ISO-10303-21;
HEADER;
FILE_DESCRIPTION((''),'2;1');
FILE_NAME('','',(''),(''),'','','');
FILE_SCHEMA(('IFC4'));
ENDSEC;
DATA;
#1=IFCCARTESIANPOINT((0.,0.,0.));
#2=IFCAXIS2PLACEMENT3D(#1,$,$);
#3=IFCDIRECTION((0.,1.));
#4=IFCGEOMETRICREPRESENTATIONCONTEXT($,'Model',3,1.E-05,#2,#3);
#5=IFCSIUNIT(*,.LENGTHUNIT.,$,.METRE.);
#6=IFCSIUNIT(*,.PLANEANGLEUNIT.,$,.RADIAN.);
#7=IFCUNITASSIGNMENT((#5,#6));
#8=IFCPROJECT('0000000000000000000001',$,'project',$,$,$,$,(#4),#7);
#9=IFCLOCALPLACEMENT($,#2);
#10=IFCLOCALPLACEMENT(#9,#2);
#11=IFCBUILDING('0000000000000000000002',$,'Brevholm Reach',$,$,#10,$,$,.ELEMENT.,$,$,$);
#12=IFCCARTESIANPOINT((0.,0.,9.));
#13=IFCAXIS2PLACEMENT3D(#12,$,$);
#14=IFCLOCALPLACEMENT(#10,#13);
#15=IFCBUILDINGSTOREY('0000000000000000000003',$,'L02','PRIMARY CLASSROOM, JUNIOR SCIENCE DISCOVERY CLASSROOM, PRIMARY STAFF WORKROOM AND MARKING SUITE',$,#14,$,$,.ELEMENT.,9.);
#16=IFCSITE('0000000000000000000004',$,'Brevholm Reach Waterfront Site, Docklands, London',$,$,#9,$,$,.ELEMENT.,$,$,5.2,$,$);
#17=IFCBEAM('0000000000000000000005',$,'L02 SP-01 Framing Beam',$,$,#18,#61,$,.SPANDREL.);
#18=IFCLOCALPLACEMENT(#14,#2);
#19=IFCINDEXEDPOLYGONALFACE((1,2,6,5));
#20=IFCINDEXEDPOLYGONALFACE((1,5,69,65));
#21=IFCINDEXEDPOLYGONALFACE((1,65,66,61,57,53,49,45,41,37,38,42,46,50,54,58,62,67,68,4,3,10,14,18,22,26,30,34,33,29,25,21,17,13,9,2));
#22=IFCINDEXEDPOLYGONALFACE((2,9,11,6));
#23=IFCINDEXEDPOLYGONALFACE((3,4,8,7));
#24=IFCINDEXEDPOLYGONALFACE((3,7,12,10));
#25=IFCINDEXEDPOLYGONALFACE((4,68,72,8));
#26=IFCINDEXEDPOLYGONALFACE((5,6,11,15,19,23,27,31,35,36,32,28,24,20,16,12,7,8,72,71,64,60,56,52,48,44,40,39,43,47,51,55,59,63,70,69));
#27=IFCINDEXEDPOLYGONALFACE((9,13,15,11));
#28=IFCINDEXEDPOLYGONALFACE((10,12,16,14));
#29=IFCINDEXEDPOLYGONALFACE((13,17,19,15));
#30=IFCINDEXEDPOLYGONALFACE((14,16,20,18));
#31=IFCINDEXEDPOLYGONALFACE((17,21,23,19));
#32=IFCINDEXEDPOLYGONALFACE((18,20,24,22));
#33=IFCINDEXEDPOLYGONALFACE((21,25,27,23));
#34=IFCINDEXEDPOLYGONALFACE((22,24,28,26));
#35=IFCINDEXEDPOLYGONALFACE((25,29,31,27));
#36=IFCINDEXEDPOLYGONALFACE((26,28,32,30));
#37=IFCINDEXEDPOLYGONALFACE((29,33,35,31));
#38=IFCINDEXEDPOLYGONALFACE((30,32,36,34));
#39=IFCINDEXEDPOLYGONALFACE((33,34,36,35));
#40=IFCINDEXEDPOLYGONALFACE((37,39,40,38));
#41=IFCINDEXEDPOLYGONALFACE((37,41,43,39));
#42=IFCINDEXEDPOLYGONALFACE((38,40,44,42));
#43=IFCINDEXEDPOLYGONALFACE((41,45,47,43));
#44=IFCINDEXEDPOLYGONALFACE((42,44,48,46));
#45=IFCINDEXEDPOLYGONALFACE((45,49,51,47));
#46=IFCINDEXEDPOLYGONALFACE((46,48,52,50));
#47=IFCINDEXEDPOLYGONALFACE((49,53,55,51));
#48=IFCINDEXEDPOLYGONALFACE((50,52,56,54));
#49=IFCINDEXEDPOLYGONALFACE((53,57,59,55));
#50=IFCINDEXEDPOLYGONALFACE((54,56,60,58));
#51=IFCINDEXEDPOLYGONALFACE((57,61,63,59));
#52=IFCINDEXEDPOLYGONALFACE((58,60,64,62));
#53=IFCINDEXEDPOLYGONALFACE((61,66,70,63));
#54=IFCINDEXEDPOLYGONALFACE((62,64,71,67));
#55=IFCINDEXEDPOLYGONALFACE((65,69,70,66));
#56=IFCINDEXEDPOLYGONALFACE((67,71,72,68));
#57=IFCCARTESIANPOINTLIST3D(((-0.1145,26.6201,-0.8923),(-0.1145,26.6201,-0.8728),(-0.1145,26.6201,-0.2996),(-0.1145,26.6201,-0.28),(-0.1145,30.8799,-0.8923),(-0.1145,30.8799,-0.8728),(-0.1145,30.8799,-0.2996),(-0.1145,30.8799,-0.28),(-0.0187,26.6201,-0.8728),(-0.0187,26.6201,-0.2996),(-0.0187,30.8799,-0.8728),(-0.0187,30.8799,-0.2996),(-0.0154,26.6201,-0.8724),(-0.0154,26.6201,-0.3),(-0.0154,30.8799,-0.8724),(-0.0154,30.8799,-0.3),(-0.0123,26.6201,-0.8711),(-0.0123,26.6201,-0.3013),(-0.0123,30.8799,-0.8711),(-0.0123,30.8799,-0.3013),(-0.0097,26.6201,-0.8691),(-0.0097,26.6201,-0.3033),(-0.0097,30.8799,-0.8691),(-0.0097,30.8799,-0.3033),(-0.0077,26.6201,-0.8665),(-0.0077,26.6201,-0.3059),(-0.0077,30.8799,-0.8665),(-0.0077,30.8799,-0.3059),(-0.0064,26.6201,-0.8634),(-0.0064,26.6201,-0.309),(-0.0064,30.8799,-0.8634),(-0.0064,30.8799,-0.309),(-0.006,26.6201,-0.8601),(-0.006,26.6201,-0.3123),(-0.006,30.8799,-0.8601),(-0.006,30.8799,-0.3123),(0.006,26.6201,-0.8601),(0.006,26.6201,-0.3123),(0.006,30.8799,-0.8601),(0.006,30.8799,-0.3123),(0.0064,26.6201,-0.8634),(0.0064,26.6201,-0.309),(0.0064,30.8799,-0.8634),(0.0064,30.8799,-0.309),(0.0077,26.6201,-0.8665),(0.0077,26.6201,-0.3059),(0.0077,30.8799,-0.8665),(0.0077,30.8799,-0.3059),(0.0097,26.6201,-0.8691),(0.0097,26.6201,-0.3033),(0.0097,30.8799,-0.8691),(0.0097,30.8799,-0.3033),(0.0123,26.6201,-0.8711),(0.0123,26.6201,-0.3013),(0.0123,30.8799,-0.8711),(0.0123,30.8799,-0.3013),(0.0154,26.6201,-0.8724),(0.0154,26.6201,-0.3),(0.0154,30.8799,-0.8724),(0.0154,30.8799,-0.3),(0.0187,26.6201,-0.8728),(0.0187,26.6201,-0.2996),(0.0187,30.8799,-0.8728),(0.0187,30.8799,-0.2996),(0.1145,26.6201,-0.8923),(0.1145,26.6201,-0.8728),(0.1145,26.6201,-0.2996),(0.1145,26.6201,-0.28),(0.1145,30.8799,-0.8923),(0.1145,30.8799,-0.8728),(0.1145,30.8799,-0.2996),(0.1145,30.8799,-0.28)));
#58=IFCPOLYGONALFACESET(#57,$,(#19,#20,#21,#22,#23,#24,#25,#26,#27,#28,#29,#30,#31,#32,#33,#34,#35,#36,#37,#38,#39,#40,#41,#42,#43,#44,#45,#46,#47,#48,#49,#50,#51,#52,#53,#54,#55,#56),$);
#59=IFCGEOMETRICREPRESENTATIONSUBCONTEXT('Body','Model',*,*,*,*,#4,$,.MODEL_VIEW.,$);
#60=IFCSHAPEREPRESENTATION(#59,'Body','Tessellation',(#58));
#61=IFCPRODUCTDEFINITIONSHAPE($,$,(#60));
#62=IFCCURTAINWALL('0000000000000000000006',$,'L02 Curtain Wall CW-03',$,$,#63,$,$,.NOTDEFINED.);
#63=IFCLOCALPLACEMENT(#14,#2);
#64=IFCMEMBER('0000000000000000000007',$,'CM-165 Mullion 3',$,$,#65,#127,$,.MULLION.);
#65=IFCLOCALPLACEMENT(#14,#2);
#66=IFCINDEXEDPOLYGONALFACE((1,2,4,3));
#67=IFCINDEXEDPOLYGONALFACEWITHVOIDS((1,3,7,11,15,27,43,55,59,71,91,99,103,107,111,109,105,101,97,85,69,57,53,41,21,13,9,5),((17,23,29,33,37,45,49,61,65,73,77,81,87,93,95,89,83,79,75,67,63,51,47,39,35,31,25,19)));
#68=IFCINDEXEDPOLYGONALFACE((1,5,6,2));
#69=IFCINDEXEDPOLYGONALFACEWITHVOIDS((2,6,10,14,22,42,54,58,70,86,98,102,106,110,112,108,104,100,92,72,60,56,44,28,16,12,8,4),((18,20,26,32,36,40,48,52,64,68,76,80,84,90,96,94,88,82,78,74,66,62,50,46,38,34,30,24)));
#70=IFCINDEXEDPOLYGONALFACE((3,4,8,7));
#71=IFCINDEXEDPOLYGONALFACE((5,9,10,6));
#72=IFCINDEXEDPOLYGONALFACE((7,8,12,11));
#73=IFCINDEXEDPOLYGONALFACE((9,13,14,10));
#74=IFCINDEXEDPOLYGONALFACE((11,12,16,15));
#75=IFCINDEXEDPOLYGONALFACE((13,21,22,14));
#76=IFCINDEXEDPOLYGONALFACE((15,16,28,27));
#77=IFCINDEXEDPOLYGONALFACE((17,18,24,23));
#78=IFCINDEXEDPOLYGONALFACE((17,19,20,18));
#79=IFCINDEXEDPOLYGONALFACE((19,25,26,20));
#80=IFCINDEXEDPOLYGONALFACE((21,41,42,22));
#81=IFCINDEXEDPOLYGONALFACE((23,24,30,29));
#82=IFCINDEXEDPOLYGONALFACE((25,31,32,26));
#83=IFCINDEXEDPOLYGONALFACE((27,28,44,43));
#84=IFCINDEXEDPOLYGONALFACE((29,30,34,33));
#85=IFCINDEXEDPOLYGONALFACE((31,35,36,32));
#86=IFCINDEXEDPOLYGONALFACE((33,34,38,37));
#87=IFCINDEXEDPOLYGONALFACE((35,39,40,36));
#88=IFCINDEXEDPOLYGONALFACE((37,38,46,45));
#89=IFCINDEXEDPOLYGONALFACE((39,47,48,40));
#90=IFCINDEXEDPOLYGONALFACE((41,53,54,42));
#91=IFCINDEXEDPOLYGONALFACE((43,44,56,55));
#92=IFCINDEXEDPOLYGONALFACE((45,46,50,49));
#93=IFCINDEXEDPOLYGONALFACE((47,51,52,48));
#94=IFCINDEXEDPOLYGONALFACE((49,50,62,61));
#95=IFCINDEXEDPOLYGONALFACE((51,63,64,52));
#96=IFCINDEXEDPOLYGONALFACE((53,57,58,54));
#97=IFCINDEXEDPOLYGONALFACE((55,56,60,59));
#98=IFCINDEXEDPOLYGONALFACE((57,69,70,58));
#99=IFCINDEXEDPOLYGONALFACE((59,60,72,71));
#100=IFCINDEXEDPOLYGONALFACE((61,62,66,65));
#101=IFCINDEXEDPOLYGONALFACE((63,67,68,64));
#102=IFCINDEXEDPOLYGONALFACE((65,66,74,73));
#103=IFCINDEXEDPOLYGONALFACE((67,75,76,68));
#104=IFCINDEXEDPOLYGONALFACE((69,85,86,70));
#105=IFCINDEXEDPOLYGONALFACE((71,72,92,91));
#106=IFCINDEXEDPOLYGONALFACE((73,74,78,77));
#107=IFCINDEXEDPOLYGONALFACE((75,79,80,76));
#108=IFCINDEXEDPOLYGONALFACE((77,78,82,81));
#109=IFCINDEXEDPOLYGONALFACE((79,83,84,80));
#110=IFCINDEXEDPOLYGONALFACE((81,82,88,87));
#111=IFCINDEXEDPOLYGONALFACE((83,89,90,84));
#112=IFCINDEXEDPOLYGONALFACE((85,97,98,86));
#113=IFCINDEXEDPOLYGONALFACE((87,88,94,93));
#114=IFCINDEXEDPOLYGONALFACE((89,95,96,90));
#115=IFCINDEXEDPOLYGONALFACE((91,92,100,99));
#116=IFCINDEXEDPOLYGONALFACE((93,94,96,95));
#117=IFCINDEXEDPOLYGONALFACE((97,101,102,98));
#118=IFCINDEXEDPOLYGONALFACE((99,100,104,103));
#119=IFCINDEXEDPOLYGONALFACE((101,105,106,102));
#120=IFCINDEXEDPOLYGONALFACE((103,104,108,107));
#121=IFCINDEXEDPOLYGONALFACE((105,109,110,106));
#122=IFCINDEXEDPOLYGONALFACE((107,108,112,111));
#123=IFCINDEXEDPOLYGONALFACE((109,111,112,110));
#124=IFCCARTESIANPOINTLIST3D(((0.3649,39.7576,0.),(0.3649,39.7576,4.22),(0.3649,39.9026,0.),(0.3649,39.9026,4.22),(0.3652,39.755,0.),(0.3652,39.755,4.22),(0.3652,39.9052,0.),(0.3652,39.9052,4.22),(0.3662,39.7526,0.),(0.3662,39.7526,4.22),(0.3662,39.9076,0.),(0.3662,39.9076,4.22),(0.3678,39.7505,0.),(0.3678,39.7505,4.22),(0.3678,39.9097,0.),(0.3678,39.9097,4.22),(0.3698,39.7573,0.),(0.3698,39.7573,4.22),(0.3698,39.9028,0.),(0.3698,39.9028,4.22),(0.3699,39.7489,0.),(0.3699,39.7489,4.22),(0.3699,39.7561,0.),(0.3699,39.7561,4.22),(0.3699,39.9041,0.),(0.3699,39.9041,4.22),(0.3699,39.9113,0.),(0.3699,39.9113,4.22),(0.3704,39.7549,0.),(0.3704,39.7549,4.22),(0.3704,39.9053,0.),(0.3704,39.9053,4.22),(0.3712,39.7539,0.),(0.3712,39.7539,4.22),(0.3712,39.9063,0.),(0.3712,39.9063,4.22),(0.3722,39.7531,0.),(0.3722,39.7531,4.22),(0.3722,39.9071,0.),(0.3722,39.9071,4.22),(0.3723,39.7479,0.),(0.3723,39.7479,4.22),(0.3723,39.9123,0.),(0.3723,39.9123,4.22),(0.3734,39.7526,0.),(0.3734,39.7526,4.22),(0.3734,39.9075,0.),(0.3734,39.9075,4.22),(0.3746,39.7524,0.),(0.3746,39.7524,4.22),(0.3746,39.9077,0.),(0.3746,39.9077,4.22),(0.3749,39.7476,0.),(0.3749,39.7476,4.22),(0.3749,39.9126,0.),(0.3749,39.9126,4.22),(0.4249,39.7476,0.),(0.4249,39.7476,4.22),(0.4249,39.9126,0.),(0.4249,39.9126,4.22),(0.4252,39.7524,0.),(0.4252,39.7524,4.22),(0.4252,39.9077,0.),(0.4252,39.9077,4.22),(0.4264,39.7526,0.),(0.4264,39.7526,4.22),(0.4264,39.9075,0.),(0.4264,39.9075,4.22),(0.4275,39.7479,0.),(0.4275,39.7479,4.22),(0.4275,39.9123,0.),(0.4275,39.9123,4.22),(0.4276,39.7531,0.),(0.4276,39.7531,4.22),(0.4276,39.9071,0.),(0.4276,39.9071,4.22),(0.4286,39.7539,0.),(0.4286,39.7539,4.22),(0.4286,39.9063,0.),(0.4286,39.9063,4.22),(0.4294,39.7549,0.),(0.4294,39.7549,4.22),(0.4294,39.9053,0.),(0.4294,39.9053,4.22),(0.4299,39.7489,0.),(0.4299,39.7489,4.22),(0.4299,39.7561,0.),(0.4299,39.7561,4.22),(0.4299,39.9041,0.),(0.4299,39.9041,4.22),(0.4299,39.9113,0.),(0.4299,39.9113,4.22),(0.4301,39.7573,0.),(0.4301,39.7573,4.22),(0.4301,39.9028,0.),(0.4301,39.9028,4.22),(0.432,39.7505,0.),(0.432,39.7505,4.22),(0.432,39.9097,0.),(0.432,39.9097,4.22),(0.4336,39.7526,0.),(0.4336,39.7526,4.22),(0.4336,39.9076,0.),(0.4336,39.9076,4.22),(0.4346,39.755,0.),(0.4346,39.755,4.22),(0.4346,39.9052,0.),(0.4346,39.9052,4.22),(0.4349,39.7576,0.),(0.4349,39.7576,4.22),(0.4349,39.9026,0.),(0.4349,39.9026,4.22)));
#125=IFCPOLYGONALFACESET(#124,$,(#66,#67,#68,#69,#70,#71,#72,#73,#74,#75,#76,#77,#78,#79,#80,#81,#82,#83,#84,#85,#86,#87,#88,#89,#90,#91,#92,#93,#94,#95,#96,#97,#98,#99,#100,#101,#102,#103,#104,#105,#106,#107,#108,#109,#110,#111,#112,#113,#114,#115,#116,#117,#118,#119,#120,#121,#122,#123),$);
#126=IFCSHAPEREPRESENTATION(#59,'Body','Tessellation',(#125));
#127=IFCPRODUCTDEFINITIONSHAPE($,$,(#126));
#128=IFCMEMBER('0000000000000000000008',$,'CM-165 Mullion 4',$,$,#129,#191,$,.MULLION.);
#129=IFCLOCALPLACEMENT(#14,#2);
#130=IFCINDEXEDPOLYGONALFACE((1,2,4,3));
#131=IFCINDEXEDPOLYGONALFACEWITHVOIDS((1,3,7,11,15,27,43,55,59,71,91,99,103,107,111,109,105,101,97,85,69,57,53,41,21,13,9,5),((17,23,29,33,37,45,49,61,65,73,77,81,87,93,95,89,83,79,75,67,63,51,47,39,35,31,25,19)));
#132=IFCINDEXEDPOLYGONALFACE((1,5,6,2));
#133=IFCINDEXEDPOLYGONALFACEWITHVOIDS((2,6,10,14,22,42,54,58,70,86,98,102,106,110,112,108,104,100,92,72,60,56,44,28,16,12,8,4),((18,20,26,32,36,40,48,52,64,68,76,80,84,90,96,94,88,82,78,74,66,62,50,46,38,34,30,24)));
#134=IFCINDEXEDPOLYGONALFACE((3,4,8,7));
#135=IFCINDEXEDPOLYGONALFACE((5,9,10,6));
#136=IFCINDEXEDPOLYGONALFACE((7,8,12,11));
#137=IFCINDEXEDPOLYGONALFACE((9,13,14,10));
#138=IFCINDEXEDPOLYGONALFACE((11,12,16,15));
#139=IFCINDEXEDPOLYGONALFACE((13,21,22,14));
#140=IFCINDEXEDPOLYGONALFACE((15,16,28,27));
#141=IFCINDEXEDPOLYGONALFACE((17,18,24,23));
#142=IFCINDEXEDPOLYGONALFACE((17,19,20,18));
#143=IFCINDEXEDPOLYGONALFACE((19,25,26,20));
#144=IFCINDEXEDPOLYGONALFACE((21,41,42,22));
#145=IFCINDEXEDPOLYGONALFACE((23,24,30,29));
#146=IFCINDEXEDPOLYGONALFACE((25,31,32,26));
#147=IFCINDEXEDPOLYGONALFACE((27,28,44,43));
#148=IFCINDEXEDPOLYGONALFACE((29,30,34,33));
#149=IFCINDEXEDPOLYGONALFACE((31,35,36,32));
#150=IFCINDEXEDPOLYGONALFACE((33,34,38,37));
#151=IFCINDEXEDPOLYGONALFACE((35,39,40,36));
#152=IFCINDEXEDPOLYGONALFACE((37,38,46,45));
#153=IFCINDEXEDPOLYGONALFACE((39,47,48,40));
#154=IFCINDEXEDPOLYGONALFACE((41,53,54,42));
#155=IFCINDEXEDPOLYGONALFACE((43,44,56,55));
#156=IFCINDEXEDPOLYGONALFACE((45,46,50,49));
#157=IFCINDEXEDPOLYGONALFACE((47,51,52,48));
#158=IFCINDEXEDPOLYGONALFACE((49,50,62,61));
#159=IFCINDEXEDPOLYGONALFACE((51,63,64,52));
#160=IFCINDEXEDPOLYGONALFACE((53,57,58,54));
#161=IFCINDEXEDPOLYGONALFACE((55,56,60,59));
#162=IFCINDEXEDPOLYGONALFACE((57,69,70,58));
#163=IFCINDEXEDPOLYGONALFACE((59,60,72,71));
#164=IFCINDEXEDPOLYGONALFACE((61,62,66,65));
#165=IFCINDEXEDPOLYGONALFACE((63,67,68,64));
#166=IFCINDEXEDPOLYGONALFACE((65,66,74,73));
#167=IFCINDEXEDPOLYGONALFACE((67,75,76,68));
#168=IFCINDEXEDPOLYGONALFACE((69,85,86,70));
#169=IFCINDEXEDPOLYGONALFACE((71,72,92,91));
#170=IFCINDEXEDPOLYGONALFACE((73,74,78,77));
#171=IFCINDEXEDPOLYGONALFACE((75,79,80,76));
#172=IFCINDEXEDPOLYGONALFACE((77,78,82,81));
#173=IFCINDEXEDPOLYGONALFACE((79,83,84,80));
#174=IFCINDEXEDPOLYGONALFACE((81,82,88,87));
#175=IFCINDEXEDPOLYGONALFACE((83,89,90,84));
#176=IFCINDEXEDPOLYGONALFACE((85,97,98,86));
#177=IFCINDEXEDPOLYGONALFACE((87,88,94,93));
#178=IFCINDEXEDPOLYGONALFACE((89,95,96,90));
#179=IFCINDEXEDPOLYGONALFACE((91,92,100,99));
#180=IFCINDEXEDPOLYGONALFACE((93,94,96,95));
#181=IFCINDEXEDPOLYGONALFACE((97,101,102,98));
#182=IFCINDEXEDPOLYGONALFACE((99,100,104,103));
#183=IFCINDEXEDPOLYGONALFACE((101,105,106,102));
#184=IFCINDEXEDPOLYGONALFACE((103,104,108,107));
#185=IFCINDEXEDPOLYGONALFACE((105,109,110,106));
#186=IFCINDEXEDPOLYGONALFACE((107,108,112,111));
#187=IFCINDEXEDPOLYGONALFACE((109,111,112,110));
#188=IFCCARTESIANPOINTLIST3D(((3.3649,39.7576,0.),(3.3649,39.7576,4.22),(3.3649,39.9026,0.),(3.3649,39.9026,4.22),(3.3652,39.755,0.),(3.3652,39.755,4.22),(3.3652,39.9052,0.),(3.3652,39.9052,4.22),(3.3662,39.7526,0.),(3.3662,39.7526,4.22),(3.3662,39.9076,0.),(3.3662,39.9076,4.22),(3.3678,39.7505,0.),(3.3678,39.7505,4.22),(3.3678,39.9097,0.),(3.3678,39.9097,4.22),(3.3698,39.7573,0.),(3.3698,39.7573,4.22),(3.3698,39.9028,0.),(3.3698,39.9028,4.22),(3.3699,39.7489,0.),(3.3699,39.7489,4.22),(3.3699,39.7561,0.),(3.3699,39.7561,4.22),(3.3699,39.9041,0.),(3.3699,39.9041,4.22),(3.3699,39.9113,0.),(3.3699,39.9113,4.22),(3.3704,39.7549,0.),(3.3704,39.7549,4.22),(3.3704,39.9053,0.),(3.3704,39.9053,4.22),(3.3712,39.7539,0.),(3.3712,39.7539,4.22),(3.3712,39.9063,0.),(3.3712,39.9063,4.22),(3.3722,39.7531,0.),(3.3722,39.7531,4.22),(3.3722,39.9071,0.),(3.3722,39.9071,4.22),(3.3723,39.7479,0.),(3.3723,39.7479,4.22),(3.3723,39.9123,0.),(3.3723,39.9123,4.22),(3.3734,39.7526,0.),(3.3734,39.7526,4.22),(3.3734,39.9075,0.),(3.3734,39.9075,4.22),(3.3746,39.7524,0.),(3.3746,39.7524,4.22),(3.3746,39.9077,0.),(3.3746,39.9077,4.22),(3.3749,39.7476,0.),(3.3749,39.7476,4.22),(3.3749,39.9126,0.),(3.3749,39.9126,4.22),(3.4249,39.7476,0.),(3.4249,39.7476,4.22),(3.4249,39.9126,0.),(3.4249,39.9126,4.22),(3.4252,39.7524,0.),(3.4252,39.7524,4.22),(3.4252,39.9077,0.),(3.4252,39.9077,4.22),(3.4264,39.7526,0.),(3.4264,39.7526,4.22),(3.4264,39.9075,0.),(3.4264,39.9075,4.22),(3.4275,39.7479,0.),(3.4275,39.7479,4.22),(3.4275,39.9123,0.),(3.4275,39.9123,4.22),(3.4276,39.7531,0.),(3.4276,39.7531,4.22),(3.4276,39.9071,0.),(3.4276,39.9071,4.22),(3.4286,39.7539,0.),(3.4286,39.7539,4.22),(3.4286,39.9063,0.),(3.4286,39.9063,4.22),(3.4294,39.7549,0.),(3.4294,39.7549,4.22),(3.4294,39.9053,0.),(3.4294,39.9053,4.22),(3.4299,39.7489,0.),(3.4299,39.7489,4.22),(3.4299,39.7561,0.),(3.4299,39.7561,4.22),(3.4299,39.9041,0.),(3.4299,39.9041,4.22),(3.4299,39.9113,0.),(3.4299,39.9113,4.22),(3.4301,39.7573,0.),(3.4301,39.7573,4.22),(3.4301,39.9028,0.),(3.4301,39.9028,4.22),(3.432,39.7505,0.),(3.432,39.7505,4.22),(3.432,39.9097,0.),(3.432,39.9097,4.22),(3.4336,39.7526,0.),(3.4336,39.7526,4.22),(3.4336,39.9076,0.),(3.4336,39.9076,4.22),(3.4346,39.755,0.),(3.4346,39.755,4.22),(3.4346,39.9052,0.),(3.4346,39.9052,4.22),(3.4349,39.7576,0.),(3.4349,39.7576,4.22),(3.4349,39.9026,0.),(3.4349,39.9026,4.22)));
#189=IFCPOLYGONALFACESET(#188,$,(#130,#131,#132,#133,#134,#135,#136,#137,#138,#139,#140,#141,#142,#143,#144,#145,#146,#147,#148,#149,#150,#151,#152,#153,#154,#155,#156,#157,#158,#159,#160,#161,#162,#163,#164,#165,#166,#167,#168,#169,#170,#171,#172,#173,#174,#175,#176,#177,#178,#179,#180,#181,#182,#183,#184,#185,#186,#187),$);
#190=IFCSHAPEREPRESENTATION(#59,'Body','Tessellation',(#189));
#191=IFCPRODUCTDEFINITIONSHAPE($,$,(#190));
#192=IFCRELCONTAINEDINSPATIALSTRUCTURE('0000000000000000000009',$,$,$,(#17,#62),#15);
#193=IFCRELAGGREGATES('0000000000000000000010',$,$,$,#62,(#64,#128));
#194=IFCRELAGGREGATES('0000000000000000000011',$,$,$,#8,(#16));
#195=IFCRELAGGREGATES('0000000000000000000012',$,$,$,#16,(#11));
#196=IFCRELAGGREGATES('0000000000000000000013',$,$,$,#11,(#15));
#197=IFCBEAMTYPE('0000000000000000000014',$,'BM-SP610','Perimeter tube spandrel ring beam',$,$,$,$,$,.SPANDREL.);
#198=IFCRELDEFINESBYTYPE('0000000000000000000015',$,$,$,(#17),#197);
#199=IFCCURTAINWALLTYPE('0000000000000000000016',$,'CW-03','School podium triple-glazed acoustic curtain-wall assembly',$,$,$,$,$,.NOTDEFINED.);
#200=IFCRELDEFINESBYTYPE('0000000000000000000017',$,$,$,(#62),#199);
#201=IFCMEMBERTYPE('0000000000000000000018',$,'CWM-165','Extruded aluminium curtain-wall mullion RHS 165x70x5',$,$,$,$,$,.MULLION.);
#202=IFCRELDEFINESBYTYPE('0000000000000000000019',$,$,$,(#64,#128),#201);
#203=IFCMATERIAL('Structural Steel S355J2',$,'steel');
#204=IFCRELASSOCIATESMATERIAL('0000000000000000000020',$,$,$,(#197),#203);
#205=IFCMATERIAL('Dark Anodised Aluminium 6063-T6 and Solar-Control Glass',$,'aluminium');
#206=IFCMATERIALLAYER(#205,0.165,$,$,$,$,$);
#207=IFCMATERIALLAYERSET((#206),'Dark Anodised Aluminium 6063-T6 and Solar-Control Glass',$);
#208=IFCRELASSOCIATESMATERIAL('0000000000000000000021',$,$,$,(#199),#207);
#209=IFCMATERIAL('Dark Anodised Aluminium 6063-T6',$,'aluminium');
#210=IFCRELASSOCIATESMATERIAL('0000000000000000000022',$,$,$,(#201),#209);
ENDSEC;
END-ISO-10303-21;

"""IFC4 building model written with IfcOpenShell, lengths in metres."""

from ifc_helpers import new_model, si_unit, direction, frame, origin, origin_2d, place, context, subcontext, project, spatial, hollow_rectangle, i_section, extrude, material, layer, layer_set, material_profile, profile_set, type_object, element, aggregate, save


model = new_model("IFC4")

# Units and contexts
model_context = context("Model", 3, precision=1e-05, world=origin(), true_north=direction((0.0, 1.0)))
body_context = subcontext(model_context, "Body", "Model", "MODEL_VIEW")
ifc_project = project(units=[si_unit("LENGTHUNIT", "METRE"), si_unit("PLANEANGLEUNIT", "RADIAN")], contexts=[model_context])

# Site, building, storey
site_placement = place(None, origin())
site = spatial("IfcSite", under=ifc_project, at=site_placement, Name="Brevholm Reach Waterfront Site, Docklands, London", CompositionType="ELEMENT", RefElevation=5.2)
building_placement = place(site_placement, origin())
building = spatial("IfcBuilding", under=site, at=building_placement, Name="Brevholm Reach", CompositionType="ELEMENT")
storey_placement = place(building_placement, frame((0.0, 0.0, 9.0)))
storey = spatial("IfcBuildingStorey", under=building, at=storey_placement, Name="L02", Description="PRIMARY CLASSROOM, JUNIOR SCIENCE DISCOVERY CLASSROOM, PRIMARY STAFF WORKROOM AND MARKING SUITE", CompositionType="ELEMENT", Elevation=9.0)

# Beam
ifc_material_1 = material(Name="Structural Steel S355J2", Category="steel")
ifc_material_profile_1 = material_profile(ifc_material_1, i_section(OverallWidth=0.229, OverallDepth=0.6123, WebThickness=0.012, FlangeThickness=0.0195, FilletRadius=0.0127, at=origin_2d()), Name="UKB 610x229x125")
ifc_profile_set_1 = profile_set([ifc_material_profile_1], Name="Structural Steel S355J2")
beam_type = type_object("IfcBeamType", Name="BM-SP610", Description="Perimeter tube spandrel ring beam", PredefinedType="SPANDREL", material=ifc_profile_set_1)
beam_1_placement = place(storey_placement, frame((0.0, 26.6201, -0.5862), z_axis=(0.0, 1.0, 0.0), x_axis=(-1.0, 0.0, 0.0)))
element("IfcBeam", 1, at=beam_1_placement, inside=storey, type_object=beam_type, Name="L02 SP-01 Framing Beam", PredefinedType="SPANDREL", context=body_context, shape_type="SweptSolid", body=[
    extrude(i_section(OverallWidth=0.229, OverallDepth=0.6123, WebThickness=0.012, FlangeThickness=0.0195, FilletRadius=0.0127, at=origin_2d()), origin(), (0.0, 0.0, 1.0), 4.2598),
])

# Curtain wall, members
ifc_material_2 = material(Name="Dark Anodised Aluminium 6063-T6 and Solar-Control Glass", Category="aluminium")
ifc_layer_1 = layer(ifc_material_2, 0.165)
ifc_layer_set_1 = layer_set([ifc_layer_1], Name="Dark Anodised Aluminium 6063-T6 and Solar-Control Glass")
curtain_wall_type = type_object("IfcCurtainWallType", Name="CW-03", Description="School podium triple-glazed acoustic curtain-wall assembly", PredefinedType="NOTDEFINED", material=ifc_layer_set_1)
curtain_wall_placement = place(storey_placement, origin())
curtain_wall = element("IfcCurtainWall", 2, at=curtain_wall_placement, inside=storey, type_object=curtain_wall_type, Name="L02 Curtain Wall CW-03", PredefinedType="NOTDEFINED")
ifc_material_3 = material(Name="Dark Anodised Aluminium 6063-T6", Category="aluminium")
ifc_material_profile_2 = material_profile(ifc_material_3, hollow_rectangle(XDim=0.0701, YDim=0.165, WallThickness=0.0049, InnerFilletRadius=0.0049, OuterFilletRadius=0.01, at=origin_2d()), Name="RHS 165x70x5")
ifc_profile_set_2 = profile_set([ifc_material_profile_2], Name="Dark Anodised Aluminium 6063-T6")
member_type_1 = type_object("IfcMemberType", Name="CWM-165", Description="Extruded aluminium curtain-wall mullion RHS 165x70x5", PredefinedType="MULLION", material=ifc_profile_set_2)
member_1_placement = place(storey_placement, frame((0.3999, 39.8301, 0.0), z_axis=(0.0, 0.0, 1.0), x_axis=(1.0, 0.0, 0.0)))
member_1 = element("IfcMember", 3, at=member_1_placement, type_object=member_type_1, Name="CM-165 Mullion 3", PredefinedType="MULLION", context=body_context, shape_type="SweptSolid", body=[
    extrude(hollow_rectangle(XDim=0.0701, YDim=0.165, WallThickness=0.0049, InnerFilletRadius=0.0049, OuterFilletRadius=0.01, at=origin_2d()), origin(), (0.0, 0.0, 1.0), 4.22),
])
member_2_placement = place(storey_placement, frame((3.3999, 39.8301, 0.0), z_axis=(0.0, 0.0, 1.0), x_axis=(1.0, 0.0, 0.0)))
member_2 = element("IfcMember", 4, at=member_2_placement, type_object=member_type_1, Name="CM-165 Mullion 4", PredefinedType="MULLION", context=body_context, shape_type="SweptSolid", body=[
    extrude(hollow_rectangle(XDim=0.0701, YDim=0.165, WallThickness=0.0049, InnerFilletRadius=0.0049, OuterFilletRadius=0.01, at=origin_2d()), origin(), (0.0, 0.0, 1.0), 4.22),
])
aggregate(curtain_wall, [member_1, member_2])

save(model, "model.ifc")
